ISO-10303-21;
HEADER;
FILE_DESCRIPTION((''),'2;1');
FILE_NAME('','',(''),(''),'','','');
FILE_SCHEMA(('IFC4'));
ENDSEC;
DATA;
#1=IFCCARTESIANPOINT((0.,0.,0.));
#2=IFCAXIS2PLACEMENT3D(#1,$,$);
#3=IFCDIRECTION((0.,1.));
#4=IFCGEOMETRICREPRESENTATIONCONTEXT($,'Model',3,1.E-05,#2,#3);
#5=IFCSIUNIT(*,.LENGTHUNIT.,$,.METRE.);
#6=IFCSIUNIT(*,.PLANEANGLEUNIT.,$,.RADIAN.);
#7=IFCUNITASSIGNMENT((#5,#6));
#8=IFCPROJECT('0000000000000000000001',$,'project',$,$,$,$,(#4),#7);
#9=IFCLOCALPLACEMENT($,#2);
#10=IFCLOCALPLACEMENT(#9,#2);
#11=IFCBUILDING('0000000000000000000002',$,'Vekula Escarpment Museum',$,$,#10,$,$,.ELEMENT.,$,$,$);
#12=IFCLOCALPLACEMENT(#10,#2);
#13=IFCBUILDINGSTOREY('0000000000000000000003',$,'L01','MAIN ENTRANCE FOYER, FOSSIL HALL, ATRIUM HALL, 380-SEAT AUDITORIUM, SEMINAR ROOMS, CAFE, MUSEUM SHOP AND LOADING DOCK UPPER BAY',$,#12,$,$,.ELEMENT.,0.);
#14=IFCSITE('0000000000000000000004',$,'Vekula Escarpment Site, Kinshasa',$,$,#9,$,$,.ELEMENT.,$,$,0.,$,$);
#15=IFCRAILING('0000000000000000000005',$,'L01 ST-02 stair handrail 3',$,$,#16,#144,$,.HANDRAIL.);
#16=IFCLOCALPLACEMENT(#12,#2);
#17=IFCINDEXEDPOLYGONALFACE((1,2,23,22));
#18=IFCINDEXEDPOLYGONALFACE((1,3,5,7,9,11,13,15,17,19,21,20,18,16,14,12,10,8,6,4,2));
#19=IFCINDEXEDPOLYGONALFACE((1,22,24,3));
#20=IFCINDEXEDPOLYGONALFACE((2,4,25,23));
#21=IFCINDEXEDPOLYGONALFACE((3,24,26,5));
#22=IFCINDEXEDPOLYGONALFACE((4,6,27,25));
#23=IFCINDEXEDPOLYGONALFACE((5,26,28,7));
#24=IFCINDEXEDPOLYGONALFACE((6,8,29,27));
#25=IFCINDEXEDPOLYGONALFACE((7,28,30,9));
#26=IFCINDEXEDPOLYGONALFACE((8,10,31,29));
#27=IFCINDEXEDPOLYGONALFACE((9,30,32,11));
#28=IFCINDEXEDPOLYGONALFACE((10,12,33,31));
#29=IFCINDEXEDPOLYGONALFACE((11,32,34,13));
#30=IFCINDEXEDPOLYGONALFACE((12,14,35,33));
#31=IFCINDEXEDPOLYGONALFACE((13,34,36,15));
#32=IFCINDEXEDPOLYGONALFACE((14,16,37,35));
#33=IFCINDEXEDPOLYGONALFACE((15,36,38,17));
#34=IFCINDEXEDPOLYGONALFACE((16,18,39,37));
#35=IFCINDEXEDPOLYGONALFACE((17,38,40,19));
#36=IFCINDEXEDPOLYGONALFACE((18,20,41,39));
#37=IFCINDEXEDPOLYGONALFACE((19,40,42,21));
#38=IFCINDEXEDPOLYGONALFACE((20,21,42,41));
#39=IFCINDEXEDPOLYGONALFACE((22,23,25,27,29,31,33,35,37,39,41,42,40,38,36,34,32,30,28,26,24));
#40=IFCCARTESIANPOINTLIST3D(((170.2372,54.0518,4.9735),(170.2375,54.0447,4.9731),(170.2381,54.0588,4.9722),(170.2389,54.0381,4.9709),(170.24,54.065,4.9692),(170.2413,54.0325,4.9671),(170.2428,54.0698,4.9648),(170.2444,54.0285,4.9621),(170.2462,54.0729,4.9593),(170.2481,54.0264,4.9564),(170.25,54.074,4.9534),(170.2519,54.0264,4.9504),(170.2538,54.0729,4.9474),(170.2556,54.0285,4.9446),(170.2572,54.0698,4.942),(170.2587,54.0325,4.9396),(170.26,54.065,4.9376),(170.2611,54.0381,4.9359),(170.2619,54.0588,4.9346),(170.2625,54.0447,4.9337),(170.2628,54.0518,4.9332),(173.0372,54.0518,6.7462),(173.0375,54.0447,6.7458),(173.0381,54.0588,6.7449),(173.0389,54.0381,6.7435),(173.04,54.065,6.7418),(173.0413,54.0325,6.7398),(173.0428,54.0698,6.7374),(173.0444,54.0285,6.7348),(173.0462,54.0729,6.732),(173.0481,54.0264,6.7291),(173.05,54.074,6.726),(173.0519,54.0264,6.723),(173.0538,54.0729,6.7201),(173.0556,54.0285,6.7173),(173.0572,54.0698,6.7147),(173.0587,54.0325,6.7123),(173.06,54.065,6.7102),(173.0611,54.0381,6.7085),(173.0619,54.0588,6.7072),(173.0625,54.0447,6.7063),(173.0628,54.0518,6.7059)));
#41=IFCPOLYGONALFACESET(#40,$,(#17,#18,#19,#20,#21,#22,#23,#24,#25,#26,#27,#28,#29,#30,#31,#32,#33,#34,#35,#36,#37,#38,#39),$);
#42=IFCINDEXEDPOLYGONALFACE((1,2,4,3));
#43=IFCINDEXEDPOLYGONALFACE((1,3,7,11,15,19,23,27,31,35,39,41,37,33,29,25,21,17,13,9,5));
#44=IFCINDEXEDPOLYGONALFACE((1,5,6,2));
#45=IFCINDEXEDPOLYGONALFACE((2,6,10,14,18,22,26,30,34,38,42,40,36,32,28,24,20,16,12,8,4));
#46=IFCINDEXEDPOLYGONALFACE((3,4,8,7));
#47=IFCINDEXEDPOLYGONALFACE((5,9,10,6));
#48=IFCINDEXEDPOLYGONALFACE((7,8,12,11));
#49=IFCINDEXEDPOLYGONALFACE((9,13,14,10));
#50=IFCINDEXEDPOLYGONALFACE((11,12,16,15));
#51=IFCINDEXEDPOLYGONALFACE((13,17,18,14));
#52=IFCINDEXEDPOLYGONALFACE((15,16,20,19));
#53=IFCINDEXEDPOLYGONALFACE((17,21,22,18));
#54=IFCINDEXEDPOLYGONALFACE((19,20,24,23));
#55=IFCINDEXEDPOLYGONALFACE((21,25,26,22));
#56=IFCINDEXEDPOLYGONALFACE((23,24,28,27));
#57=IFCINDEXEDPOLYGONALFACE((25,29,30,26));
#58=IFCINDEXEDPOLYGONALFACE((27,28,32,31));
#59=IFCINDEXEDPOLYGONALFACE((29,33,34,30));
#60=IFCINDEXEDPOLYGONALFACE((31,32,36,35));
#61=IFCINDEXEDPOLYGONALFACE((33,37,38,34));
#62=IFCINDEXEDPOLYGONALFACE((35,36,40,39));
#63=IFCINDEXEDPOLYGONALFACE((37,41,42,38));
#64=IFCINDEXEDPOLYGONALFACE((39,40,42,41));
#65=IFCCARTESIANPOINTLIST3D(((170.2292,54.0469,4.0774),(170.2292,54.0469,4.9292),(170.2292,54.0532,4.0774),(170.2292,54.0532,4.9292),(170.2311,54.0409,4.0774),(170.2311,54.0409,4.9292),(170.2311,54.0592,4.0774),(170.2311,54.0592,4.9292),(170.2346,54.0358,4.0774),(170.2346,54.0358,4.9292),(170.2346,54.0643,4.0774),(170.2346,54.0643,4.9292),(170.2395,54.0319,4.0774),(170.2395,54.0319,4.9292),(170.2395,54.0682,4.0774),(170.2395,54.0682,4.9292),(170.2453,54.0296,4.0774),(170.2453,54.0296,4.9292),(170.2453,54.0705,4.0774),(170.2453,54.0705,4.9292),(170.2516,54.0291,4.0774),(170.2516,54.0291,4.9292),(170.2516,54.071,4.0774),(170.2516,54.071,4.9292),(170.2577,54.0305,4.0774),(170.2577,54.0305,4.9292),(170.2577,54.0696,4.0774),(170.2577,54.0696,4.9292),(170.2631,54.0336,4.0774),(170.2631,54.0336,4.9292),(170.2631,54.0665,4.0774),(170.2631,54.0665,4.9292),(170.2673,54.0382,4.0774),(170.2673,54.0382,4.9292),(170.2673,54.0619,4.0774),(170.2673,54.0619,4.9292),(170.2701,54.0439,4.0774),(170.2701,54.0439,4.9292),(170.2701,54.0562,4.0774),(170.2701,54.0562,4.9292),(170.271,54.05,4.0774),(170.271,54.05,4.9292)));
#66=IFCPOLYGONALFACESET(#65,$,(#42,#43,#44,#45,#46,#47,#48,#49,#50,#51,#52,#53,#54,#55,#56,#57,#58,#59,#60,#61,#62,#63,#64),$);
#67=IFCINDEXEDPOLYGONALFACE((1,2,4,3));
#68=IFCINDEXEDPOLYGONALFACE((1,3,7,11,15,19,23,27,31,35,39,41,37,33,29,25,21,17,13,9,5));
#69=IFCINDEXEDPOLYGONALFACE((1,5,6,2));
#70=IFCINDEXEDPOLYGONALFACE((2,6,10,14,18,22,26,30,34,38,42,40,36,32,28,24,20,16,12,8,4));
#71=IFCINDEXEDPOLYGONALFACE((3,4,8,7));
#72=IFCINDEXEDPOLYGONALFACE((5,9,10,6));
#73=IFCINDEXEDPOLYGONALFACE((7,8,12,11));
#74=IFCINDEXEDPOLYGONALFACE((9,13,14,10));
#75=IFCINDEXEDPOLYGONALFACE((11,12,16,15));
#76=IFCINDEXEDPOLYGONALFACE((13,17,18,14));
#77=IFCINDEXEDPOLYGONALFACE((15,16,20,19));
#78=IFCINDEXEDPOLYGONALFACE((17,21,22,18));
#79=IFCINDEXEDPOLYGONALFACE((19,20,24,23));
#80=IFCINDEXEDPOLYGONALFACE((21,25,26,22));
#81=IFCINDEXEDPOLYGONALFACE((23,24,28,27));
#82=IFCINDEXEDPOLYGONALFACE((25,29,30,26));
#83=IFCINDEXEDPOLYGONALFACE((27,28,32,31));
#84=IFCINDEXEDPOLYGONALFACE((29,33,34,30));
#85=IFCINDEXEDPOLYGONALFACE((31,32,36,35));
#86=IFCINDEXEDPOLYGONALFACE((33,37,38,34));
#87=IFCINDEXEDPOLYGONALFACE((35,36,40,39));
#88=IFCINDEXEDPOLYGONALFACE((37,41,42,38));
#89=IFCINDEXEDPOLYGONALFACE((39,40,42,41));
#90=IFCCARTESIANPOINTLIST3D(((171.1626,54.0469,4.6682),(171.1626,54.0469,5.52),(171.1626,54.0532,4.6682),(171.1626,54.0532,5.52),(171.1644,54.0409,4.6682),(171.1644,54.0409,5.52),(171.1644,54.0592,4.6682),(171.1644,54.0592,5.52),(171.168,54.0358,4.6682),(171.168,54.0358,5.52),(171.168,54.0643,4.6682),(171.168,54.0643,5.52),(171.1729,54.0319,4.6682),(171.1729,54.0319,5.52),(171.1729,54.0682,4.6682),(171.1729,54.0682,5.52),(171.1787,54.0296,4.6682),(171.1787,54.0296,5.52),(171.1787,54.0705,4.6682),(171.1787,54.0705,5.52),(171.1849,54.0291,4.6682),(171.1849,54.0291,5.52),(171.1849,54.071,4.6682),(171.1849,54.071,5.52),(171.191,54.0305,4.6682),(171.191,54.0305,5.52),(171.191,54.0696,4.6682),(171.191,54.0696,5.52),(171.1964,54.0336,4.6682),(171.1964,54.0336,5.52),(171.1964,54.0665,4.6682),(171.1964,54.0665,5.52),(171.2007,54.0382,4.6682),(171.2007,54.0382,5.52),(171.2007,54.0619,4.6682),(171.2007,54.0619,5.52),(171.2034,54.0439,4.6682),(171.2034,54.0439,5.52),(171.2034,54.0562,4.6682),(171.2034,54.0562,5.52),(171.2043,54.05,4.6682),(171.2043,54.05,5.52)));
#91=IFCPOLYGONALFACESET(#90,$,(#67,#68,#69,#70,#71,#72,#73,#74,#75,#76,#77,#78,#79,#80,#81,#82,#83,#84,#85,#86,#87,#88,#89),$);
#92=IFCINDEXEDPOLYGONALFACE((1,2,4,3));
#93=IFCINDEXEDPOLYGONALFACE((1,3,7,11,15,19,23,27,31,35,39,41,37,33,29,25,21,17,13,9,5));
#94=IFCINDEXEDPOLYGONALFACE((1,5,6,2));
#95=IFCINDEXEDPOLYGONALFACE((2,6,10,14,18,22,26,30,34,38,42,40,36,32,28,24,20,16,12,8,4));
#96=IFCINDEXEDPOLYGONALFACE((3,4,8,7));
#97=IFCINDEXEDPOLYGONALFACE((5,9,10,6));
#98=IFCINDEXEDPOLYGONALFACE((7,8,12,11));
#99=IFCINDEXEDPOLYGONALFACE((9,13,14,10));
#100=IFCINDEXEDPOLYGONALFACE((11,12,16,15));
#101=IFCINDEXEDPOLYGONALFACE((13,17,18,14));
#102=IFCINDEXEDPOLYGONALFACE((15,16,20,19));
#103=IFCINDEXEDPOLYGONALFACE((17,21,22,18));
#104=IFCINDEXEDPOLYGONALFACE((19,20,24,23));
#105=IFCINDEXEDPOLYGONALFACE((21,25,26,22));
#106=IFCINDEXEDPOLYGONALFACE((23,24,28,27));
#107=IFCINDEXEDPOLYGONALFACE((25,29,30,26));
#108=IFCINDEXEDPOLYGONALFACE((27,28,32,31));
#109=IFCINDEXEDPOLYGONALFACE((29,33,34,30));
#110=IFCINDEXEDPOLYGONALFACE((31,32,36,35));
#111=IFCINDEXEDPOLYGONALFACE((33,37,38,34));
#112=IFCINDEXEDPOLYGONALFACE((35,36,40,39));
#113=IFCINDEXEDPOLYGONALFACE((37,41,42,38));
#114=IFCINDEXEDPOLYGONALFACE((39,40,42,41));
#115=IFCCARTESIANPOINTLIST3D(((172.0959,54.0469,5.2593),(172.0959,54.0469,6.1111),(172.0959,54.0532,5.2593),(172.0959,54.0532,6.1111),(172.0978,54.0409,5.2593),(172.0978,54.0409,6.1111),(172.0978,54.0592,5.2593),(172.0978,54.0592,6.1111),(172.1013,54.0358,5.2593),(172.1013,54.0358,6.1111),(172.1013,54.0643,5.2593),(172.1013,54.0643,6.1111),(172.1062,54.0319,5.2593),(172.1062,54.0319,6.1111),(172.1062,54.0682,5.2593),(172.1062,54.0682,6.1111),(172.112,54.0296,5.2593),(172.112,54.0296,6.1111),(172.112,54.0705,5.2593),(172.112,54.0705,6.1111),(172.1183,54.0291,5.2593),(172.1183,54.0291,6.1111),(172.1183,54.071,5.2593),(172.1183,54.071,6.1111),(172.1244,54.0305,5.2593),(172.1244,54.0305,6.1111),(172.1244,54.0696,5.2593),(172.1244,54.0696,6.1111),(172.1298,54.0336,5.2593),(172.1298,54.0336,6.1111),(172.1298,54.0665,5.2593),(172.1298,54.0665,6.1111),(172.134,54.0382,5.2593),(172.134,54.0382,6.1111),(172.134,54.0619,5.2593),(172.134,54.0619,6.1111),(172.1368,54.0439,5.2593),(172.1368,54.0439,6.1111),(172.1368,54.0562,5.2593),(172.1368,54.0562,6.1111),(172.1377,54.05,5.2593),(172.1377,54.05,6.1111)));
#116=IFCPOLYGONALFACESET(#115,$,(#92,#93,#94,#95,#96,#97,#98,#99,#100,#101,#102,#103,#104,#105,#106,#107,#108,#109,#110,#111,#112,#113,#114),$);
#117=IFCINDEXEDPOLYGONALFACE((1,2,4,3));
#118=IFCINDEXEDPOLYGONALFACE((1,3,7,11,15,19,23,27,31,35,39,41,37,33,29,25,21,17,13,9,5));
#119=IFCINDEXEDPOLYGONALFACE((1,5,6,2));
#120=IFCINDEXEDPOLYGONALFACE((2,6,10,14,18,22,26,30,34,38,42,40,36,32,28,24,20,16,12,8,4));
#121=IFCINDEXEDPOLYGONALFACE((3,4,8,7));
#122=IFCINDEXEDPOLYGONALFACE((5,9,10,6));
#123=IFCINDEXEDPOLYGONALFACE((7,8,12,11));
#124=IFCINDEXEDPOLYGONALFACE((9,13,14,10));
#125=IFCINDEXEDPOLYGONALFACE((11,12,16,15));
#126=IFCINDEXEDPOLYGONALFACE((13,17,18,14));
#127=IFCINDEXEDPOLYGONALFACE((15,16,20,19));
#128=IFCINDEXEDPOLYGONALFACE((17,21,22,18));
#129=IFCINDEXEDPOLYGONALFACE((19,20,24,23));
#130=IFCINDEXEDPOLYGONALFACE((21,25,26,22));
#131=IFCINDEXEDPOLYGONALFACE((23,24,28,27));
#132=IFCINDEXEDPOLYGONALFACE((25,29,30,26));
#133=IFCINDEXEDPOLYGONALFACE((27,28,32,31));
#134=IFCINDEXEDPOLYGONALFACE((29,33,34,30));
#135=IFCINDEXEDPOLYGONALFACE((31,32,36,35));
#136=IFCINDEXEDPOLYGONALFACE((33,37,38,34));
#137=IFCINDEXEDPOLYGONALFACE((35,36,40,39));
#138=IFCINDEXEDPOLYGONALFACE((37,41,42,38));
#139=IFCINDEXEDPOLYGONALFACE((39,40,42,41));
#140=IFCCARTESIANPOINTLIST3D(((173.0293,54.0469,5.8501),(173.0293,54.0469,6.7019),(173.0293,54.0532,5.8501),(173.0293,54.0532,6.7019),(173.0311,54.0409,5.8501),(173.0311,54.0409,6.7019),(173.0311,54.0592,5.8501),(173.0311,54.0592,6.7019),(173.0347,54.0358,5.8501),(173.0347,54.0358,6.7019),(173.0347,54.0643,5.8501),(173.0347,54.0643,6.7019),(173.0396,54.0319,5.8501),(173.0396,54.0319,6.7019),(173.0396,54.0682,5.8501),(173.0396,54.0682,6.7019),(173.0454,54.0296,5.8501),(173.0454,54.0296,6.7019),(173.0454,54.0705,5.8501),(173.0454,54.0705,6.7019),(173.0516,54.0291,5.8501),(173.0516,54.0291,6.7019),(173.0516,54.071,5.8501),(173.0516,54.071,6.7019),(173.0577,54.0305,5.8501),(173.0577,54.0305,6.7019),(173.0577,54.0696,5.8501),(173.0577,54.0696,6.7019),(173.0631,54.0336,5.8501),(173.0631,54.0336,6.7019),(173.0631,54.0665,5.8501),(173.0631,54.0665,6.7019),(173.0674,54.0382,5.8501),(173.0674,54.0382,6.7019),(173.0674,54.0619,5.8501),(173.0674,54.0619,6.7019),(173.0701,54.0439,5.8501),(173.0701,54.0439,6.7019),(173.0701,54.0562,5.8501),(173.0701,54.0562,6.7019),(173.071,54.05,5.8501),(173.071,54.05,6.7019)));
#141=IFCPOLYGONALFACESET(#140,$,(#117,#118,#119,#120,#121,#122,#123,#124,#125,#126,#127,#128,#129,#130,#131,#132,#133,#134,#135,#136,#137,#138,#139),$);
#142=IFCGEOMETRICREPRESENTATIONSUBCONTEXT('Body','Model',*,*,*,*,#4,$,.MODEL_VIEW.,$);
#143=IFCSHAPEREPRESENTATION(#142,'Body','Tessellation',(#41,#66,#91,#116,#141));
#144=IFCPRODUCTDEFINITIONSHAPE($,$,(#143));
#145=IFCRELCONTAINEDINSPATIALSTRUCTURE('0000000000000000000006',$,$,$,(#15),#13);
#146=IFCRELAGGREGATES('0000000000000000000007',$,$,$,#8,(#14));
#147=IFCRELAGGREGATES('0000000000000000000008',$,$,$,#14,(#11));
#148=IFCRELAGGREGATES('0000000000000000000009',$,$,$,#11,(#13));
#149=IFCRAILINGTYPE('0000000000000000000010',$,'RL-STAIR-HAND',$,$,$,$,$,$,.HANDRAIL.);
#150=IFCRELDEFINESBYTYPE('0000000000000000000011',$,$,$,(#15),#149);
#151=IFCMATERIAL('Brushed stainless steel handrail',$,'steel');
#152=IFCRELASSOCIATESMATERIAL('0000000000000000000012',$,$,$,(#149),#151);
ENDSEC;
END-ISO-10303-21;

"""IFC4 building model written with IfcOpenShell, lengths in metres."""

from ifc_helpers import new_model, si_unit, direction, frame, origin, origin_2d, place, context, subcontext, project, spatial, circle, extrude, material, type_object, element, save


model = new_model("IFC4")

# Units and contexts
model_context = context("Model", 3, precision=1e-05, world=origin(), true_north=direction((0.0, 1.0)))
body_context = subcontext(model_context, "Body", "Model", "MODEL_VIEW")
ifc_project = project(units=[si_unit("LENGTHUNIT", "METRE"), si_unit("PLANEANGLEUNIT", "RADIAN")], contexts=[model_context])

# Site, building, storey
site_placement = place(None, origin())
site = spatial("IfcSite", under=ifc_project, at=site_placement, Name="Vekula Escarpment Site, Kinshasa", CompositionType="ELEMENT", RefElevation=0.0)
building_placement = place(site_placement, origin())
building = spatial("IfcBuilding", under=site, at=building_placement, Name="Vekula Escarpment Museum", CompositionType="ELEMENT")
storey_placement = place(building_placement, origin())
storey = spatial("IfcBuildingStorey", under=building, at=storey_placement, Name="L01", Description="MAIN ENTRANCE FOYER, FOSSIL HALL, ATRIUM HALL, 380-SEAT AUDITORIUM, SEMINAR ROOMS, CAFE, MUSEUM SHOP AND LOADING DOCK UPPER BAY", CompositionType="ELEMENT", Elevation=0.0)

# Railing
ifc_material_1 = material(Name="Brushed stainless steel handrail", Category="steel")
railing_type_1 = type_object("IfcRailingType", Name="RL-STAIR-HAND", PredefinedType="HANDRAIL", material=ifc_material_1)
for number, where, name in (
    (1, (170.25, 54.05, 4.0774), "L01 ST-02 stair handrail 3"),
):
    element("IfcRailing", number, at=place(storey_placement, frame(where)), inside=storey, type_object=railing_type_1, Name=name, PredefinedType="HANDRAIL", context=body_context, shape_type="SweptSolid", body=[
        extrude(circle(Radius=0.0239, at=origin_2d()), frame((0.0, 0.0, 0.876), z_axis=(0.844909, 0.0, 0.53491), x_axis=(0.0, 1.0, 0.0)), (0.0, 0.0, 1.0), 3.314),
        extrude(circle(Radius=0.021, at=origin_2d()), origin(), (0.0, 0.0, 1.0), 0.8518),
        extrude(circle(Radius=0.021, at=origin_2d()), frame((0.9333, 0.0, 0.5908)), (0.0, 0.0, 1.0), 0.8518),
        extrude(circle(Radius=0.021, at=origin_2d()), frame((1.8667, 0.0, 1.1819)), (0.0, 0.0, 1.0), 0.8518),
        extrude(circle(Radius=0.021, at=origin_2d()), frame((2.8, 0.0, 1.7727)), (0.0, 0.0, 1.0), 0.8518),
    ])

save(model, "model.ifc")
